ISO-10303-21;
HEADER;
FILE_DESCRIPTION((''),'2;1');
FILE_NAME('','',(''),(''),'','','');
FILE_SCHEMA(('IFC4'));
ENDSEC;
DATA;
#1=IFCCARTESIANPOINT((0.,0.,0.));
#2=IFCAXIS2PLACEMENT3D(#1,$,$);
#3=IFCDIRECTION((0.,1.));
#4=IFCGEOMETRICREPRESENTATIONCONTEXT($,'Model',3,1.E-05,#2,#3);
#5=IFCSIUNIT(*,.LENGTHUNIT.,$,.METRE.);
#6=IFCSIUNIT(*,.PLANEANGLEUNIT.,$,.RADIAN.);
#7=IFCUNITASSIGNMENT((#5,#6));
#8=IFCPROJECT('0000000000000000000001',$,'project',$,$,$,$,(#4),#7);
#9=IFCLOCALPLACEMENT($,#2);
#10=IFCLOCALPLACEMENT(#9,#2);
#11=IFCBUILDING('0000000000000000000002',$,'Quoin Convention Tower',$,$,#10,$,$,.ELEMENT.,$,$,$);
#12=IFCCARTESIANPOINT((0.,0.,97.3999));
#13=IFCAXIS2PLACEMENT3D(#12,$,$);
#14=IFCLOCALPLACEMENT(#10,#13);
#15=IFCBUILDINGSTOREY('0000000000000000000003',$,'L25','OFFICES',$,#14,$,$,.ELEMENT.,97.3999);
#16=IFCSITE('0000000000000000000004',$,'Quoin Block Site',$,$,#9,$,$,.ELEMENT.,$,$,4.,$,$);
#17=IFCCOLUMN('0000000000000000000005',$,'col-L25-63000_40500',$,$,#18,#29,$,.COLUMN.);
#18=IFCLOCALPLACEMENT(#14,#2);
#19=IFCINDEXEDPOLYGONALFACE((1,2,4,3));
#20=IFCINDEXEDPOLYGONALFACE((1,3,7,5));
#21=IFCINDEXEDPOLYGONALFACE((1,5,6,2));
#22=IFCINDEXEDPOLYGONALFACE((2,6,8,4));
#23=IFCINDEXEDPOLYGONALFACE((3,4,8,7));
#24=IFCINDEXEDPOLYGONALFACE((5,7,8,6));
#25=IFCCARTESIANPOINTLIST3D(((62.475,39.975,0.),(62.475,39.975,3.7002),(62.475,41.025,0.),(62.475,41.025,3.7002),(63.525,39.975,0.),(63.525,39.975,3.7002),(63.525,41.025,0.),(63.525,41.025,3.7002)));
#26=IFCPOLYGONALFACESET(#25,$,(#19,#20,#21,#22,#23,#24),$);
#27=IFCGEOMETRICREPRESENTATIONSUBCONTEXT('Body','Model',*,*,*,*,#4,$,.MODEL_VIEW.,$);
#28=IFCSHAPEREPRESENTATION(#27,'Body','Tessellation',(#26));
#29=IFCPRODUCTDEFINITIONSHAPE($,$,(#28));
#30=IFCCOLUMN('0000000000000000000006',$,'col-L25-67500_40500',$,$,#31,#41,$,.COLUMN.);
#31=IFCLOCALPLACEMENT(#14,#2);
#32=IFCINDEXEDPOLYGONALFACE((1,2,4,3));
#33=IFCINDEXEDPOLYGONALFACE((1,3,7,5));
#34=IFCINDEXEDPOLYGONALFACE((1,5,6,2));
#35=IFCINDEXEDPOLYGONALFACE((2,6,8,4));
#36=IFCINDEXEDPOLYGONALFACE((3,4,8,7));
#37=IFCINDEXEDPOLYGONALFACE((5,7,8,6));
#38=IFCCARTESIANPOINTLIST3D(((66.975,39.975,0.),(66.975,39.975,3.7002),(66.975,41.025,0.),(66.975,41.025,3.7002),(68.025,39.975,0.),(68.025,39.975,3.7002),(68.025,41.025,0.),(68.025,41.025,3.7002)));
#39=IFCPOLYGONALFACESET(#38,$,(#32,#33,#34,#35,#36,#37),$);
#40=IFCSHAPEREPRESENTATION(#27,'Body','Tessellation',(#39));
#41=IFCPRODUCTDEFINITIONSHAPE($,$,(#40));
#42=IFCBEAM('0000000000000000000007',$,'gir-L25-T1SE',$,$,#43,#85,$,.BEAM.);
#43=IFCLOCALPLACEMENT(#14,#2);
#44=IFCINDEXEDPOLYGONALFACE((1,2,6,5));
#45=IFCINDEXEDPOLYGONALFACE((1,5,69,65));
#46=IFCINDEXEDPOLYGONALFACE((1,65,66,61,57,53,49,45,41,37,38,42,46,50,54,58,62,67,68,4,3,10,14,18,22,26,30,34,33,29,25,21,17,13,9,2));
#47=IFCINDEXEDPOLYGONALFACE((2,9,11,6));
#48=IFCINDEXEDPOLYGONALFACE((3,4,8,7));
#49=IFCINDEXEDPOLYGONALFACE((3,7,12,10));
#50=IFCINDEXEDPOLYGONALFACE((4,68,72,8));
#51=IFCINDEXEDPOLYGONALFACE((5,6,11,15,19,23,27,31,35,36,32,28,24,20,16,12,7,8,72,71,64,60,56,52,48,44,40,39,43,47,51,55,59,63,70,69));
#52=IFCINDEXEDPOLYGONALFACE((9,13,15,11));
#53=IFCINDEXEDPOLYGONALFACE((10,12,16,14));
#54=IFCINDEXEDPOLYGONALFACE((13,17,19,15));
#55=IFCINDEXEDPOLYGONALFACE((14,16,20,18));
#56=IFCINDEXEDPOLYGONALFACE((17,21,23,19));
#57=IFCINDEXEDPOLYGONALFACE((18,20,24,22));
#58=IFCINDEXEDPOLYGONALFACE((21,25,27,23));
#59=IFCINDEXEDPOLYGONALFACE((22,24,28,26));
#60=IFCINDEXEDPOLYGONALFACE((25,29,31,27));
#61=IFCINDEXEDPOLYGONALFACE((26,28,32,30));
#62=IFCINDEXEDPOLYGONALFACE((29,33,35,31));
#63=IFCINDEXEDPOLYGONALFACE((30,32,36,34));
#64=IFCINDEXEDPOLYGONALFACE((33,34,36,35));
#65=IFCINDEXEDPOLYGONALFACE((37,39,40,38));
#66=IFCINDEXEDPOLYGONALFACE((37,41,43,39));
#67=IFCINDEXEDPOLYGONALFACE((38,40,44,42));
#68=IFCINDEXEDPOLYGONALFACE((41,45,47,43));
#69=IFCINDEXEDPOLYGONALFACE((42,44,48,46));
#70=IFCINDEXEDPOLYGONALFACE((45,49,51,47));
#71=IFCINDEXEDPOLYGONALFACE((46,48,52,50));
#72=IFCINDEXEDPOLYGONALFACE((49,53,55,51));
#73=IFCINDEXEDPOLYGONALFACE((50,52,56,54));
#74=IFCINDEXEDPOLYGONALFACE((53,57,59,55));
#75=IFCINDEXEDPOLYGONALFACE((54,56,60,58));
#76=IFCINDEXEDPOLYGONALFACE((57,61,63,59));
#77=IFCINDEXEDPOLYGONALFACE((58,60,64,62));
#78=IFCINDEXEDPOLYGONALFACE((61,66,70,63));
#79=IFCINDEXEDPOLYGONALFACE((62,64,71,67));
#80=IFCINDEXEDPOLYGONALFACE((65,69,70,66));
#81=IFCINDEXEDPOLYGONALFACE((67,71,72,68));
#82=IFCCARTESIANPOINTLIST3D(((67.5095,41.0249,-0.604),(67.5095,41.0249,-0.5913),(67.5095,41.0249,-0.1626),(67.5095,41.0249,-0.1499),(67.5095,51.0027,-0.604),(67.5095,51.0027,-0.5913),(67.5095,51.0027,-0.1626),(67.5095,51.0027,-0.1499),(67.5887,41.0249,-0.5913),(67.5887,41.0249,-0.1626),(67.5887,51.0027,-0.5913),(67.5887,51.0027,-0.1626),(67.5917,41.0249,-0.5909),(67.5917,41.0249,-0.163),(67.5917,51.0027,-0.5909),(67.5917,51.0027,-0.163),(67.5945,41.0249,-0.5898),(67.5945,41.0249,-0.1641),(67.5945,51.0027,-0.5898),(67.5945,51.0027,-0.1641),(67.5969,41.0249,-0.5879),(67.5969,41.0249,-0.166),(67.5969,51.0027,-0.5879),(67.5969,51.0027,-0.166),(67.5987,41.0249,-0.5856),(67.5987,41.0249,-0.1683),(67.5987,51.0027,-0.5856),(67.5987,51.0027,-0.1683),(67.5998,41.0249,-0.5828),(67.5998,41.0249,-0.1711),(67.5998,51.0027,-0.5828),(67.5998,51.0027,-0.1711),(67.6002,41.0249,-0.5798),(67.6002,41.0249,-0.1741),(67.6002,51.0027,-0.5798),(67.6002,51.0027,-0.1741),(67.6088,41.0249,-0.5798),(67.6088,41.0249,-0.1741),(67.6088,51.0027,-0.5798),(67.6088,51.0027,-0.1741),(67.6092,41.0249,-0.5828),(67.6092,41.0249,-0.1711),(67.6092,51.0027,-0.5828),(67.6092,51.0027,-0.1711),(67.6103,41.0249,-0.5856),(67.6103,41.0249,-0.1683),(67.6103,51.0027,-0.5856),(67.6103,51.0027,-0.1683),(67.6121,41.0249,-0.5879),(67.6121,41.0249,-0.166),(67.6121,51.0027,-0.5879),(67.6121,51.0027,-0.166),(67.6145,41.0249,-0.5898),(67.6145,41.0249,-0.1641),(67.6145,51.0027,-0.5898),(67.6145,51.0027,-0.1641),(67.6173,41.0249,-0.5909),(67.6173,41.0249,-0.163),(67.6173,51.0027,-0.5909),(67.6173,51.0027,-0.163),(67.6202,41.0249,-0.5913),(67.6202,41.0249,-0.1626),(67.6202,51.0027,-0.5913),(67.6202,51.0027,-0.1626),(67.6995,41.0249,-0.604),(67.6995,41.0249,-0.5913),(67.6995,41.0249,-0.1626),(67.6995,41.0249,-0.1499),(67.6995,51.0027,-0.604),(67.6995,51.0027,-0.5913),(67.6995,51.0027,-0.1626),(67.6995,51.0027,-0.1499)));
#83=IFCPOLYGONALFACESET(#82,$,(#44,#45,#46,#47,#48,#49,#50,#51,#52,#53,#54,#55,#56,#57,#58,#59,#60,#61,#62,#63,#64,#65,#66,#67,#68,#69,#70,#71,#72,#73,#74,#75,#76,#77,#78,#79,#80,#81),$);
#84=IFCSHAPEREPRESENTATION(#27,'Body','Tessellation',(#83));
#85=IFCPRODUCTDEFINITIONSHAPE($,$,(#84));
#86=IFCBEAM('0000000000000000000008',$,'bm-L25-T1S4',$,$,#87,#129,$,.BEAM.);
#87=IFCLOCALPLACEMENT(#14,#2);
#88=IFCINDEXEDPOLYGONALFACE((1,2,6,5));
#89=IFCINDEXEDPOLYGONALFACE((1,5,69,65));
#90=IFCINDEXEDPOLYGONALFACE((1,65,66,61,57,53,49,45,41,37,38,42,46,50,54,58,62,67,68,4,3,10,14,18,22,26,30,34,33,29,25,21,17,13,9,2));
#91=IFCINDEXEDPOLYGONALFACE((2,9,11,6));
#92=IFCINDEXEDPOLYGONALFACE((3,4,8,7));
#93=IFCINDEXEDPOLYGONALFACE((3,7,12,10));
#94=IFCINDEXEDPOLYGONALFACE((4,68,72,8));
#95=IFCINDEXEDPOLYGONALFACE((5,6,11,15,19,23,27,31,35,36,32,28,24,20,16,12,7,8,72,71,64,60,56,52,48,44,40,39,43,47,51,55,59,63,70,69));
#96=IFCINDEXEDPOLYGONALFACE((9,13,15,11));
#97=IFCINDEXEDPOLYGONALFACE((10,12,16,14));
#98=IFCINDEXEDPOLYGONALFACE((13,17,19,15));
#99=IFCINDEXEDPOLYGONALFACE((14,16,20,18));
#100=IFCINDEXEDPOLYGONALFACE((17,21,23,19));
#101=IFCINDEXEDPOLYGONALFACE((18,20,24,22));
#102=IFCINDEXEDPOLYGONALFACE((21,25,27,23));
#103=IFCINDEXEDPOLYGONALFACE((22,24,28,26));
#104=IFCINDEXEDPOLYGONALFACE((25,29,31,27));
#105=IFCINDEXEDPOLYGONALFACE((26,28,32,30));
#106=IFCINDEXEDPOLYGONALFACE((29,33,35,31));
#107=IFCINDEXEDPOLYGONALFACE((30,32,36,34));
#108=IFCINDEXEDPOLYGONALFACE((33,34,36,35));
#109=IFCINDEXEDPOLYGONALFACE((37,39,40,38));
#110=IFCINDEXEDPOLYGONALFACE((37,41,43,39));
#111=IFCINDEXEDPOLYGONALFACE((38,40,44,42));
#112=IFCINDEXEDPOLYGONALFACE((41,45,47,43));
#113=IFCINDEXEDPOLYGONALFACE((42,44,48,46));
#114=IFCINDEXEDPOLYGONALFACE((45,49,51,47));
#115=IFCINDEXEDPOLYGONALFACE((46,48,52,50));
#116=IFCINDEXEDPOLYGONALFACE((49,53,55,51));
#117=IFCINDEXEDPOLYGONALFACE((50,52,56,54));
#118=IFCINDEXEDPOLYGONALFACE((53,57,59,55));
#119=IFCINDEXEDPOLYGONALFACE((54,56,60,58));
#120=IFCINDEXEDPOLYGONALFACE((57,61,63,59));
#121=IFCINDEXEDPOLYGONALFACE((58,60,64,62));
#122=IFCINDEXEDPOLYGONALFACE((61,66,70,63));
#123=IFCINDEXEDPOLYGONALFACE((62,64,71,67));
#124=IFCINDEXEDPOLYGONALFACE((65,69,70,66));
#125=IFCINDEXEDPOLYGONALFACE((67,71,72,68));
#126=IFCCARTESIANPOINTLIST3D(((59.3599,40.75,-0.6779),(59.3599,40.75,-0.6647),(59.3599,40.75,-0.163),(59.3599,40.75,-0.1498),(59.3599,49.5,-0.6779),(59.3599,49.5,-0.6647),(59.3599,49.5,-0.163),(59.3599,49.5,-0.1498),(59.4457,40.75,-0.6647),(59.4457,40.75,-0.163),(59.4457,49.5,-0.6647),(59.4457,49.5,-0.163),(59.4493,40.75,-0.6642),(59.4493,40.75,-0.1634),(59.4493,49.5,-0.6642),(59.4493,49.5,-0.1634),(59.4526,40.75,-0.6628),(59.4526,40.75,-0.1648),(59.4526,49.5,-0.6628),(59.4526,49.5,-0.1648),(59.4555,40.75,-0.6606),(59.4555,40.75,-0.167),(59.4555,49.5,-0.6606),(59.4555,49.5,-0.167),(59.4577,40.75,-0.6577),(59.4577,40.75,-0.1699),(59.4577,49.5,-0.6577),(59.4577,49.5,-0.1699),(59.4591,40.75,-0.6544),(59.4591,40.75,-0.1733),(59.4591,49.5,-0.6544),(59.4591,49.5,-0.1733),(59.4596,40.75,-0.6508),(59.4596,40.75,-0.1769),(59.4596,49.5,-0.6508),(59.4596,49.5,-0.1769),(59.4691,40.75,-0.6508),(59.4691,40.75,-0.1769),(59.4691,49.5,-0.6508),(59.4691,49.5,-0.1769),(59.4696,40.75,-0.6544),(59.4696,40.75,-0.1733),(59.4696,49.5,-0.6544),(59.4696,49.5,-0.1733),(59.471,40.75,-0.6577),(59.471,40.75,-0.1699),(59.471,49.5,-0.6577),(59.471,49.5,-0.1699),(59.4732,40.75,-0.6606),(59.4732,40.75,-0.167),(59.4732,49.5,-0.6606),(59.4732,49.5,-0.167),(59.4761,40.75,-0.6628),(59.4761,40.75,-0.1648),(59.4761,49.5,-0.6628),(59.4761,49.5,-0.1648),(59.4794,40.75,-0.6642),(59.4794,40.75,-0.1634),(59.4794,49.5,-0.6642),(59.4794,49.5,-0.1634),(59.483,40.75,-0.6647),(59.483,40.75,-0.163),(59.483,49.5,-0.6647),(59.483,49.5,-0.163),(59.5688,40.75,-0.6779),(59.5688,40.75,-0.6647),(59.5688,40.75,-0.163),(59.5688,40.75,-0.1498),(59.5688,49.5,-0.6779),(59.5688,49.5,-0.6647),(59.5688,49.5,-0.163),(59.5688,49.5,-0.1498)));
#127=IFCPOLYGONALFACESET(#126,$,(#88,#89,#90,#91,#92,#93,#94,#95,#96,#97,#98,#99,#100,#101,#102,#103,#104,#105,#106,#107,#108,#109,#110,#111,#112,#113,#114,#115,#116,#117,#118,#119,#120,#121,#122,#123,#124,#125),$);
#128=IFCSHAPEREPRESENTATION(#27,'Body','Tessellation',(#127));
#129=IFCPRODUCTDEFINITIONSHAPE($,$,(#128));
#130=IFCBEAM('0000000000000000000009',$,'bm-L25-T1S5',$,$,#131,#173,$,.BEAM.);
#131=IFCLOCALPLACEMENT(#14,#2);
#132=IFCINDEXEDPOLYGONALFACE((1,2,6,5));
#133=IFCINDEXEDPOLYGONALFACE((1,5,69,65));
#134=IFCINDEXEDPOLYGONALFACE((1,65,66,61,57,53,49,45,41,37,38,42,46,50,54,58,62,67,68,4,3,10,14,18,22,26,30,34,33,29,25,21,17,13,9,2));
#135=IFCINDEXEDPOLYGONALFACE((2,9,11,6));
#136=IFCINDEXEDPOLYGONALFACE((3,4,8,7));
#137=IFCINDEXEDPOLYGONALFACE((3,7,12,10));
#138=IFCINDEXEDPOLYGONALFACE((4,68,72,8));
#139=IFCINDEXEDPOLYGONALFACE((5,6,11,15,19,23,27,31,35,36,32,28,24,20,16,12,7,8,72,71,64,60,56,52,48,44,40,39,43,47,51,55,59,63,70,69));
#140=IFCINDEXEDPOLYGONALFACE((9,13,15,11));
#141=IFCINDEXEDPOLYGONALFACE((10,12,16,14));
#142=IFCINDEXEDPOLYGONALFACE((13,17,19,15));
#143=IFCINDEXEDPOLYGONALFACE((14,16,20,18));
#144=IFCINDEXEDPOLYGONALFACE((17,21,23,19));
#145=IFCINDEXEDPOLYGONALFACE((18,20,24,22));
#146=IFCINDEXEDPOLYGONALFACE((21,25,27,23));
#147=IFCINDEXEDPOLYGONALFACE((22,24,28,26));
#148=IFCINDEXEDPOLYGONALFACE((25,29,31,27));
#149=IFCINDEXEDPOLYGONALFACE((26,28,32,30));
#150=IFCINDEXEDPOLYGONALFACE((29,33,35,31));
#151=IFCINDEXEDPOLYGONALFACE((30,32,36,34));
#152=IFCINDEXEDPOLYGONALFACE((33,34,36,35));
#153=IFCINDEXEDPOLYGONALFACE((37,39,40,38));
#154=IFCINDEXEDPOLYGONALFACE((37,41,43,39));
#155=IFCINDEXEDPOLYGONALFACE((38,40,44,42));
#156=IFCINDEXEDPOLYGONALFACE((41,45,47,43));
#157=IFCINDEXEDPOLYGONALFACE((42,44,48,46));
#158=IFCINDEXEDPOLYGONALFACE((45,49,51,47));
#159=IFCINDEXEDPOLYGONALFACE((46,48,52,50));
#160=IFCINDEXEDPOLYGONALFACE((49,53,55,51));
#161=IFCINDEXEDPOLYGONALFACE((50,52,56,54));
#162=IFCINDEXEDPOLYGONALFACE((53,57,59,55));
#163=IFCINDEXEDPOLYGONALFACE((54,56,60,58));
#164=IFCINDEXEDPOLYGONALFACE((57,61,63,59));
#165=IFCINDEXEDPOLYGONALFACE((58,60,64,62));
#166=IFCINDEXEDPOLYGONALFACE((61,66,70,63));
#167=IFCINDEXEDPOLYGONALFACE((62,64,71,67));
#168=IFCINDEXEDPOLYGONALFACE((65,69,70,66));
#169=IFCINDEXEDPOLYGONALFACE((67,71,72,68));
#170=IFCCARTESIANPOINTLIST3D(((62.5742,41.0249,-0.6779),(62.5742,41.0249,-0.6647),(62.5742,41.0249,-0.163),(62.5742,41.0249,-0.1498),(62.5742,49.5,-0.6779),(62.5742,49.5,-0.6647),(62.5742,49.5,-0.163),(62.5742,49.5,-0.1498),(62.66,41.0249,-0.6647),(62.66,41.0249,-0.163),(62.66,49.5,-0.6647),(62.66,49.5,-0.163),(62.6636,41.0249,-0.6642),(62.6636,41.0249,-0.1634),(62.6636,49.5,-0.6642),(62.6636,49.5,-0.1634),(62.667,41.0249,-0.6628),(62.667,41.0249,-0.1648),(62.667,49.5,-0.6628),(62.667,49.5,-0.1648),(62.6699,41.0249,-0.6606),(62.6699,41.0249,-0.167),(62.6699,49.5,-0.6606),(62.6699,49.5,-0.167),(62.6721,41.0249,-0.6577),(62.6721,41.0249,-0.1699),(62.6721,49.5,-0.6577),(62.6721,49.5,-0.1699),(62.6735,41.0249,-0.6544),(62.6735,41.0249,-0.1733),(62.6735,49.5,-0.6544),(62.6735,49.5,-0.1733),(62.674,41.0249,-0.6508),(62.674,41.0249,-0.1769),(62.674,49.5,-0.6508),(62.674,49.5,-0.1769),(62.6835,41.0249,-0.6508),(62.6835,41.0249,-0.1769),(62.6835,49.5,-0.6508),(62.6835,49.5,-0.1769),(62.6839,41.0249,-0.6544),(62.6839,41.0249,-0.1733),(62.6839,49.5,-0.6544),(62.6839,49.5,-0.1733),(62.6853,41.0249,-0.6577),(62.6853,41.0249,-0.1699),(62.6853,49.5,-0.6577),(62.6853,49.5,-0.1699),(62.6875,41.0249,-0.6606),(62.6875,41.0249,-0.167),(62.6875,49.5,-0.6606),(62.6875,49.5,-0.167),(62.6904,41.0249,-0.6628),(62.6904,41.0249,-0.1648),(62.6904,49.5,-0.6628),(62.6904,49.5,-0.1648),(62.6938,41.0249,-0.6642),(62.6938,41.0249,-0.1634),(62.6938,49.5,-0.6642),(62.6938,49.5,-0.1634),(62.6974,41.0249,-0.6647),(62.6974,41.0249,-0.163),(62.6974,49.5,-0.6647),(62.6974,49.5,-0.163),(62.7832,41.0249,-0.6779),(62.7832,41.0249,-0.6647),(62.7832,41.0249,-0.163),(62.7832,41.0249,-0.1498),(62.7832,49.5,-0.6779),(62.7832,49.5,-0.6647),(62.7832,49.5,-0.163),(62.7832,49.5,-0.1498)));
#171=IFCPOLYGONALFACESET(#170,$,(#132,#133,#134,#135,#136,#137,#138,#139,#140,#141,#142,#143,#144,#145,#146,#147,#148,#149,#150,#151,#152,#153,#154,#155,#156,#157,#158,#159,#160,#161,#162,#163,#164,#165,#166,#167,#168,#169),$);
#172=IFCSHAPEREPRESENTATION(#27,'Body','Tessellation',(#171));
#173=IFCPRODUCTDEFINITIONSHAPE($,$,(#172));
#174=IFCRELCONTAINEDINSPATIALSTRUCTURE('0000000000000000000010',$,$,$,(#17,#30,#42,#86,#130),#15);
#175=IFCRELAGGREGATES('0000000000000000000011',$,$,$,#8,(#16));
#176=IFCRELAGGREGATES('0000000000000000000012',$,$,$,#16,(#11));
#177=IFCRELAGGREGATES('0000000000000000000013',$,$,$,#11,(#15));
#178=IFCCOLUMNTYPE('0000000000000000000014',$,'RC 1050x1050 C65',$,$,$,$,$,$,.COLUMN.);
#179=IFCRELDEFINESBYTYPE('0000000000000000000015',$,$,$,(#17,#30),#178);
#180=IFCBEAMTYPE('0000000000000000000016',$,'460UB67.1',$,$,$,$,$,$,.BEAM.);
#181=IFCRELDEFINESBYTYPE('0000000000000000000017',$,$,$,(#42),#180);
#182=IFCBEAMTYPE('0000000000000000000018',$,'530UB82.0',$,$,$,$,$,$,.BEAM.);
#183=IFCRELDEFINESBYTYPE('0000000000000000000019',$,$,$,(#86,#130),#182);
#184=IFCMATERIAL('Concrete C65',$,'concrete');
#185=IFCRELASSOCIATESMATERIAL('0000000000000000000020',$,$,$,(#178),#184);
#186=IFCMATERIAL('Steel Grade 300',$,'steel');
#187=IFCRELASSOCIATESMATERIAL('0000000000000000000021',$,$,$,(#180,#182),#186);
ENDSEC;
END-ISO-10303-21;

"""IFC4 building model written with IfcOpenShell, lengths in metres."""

from ifc_helpers import new_model, si_unit, direction, frame, origin, origin_2d, place, context, subcontext, project, spatial, rectangle, i_section, extrude, material, material_profile, profile_set, type_object, element, save


model = new_model("IFC4")

# Units and contexts
model_context = context("Model", 3, precision=1e-05, world=origin(), true_north=direction((0.0, 1.0)))
body_context = subcontext(model_context, "Body", "Model", "MODEL_VIEW")
ifc_project = project(units=[si_unit("LENGTHUNIT", "METRE"), si_unit("PLANEANGLEUNIT", "RADIAN")], contexts=[model_context])

# Site, building, storey
site_placement = place(None, origin())
site = spatial("IfcSite", under=ifc_project, at=site_placement, Name="Quoin Block Site", CompositionType="ELEMENT", RefElevation=4.0)
building_placement = place(site_placement, origin())
building = spatial("IfcBuilding", under=site, at=building_placement, Name="Quoin Convention Tower", CompositionType="ELEMENT")
storey_placement = place(building_placement, frame((0.0, 0.0, 97.3999)))
storey = spatial("IfcBuildingStorey", under=building, at=storey_placement, Name="L25", Description="OFFICES", CompositionType="ELEMENT", Elevation=97.3999)

# Columns
ifc_material_1 = material(Name="Concrete C65", Category="concrete")
ifc_material_profile_1 = material_profile(ifc_material_1, rectangle(XDim=1.05, YDim=1.05, at=origin_2d()), Name="RC 1050x1050")
ifc_profile_set_1 = profile_set([ifc_material_profile_1], Name="Concrete C65")
column_type = type_object("IfcColumnType", Name="RC 1050x1050 C65", PredefinedType="COLUMN", material=ifc_profile_set_1)
for number, where, z_axis, x_axis, name in (
    (1, (63.0, 40.5, 0.0), (0.0, 0.0, 1.0), (1.0, 0.0, 0.0), "col-L25-63000_40500"),
    (2, (67.5, 40.5, 0.0), (0.0, 0.0, 1.0), (1.0, 0.0, 0.0), "col-L25-67500_40500"),
):
    element("IfcColumn", number, at=place(storey_placement, frame(where, z_axis=z_axis, x_axis=x_axis)), inside=storey, type_object=column_type, Name=name, PredefinedType="COLUMN", context=body_context, shape_type="SweptSolid", body=[
        extrude(rectangle(XDim=1.05, YDim=1.05, at=origin_2d()), origin(), (0.0, 0.0, 1.0), 3.7002),
    ])

# Beams
ifc_material_2 = material(Name="Steel Grade 300", Category="steel")
ifc_material_profile_2 = material_profile(ifc_material_2, i_section(OverallWidth=0.1899, OverallDepth=0.4541, WebThickness=0.0085, FlangeThickness=0.0127, FilletRadius=0.0115, at=origin_2d()), Name="460UB67.1")
ifc_profile_set_2 = profile_set([ifc_material_profile_2], Name="Steel Grade 300")
beam_type_1 = type_object("IfcBeamType", Name="460UB67.1", PredefinedType="BEAM", material=ifc_profile_set_2)
beam_1_placement = place(storey_placement, frame((67.6045, 41.0249, -0.377), z_axis=(0.0, 1.0, 0.0), x_axis=(-1.0, 0.0, 0.0)))
element("IfcBeam", 3, at=beam_1_placement, inside=storey, type_object=beam_type_1, Name="gir-L25-T1SE", PredefinedType="BEAM", context=body_context, shape_type="SweptSolid", body=[
    extrude(i_section(OverallWidth=0.1899, OverallDepth=0.4541, WebThickness=0.0085, FlangeThickness=0.0127, FilletRadius=0.0115, at=origin_2d()), origin(), (0.0, 0.0, 1.0), 9.9778),
])
ifc_material_profile_3 = material_profile(ifc_material_2, i_section(OverallWidth=0.209, OverallDepth=0.5281, WebThickness=0.0095, FlangeThickness=0.0132, FilletRadius=0.0139, at=origin_2d()), Name="530UB82.0")
ifc_profile_set_3 = profile_set([ifc_material_profile_3], Name="Steel Grade 300")
beam_type_2 = type_object("IfcBeamType", Name="530UB82.0", PredefinedType="BEAM", material=ifc_profile_set_3)
beam_2_placement = place(storey_placement, frame((59.4644, 40.75, -0.4138), z_axis=(0.0, 1.0, 0.0), x_axis=(-1.0, 0.0, 0.0)))
element("IfcBeam", 4, at=beam_2_placement, inside=storey, type_object=beam_type_2, Name="bm-L25-T1S4", PredefinedType="BEAM", context=body_context, shape_type="SweptSolid", body=[
    extrude(i_section(OverallWidth=0.209, OverallDepth=0.5281, WebThickness=0.0095, FlangeThickness=0.0132, FilletRadius=0.0139, at=origin_2d()), origin(), (0.0, 0.0, 1.0), 8.75),
])
beam_3_placement = place(storey_placement, frame((62.6787, 41.0249, -0.4138), z_axis=(0.0, 1.0, 0.0), x_axis=(-1.0, 0.0, 0.0)))
element("IfcBeam", 5, at=beam_3_placement, inside=storey, type_object=beam_type_2, Name="bm-L25-T1S5", PredefinedType="BEAM", context=body_context, shape_type="SweptSolid", body=[
    extrude(i_section(OverallWidth=0.209, OverallDepth=0.5281, WebThickness=0.0095, FlangeThickness=0.0132, FilletRadius=0.0139, at=origin_2d()), origin(), (0.0, 0.0, 1.0), 8.4751),
])

save(model, "model.ifc")
